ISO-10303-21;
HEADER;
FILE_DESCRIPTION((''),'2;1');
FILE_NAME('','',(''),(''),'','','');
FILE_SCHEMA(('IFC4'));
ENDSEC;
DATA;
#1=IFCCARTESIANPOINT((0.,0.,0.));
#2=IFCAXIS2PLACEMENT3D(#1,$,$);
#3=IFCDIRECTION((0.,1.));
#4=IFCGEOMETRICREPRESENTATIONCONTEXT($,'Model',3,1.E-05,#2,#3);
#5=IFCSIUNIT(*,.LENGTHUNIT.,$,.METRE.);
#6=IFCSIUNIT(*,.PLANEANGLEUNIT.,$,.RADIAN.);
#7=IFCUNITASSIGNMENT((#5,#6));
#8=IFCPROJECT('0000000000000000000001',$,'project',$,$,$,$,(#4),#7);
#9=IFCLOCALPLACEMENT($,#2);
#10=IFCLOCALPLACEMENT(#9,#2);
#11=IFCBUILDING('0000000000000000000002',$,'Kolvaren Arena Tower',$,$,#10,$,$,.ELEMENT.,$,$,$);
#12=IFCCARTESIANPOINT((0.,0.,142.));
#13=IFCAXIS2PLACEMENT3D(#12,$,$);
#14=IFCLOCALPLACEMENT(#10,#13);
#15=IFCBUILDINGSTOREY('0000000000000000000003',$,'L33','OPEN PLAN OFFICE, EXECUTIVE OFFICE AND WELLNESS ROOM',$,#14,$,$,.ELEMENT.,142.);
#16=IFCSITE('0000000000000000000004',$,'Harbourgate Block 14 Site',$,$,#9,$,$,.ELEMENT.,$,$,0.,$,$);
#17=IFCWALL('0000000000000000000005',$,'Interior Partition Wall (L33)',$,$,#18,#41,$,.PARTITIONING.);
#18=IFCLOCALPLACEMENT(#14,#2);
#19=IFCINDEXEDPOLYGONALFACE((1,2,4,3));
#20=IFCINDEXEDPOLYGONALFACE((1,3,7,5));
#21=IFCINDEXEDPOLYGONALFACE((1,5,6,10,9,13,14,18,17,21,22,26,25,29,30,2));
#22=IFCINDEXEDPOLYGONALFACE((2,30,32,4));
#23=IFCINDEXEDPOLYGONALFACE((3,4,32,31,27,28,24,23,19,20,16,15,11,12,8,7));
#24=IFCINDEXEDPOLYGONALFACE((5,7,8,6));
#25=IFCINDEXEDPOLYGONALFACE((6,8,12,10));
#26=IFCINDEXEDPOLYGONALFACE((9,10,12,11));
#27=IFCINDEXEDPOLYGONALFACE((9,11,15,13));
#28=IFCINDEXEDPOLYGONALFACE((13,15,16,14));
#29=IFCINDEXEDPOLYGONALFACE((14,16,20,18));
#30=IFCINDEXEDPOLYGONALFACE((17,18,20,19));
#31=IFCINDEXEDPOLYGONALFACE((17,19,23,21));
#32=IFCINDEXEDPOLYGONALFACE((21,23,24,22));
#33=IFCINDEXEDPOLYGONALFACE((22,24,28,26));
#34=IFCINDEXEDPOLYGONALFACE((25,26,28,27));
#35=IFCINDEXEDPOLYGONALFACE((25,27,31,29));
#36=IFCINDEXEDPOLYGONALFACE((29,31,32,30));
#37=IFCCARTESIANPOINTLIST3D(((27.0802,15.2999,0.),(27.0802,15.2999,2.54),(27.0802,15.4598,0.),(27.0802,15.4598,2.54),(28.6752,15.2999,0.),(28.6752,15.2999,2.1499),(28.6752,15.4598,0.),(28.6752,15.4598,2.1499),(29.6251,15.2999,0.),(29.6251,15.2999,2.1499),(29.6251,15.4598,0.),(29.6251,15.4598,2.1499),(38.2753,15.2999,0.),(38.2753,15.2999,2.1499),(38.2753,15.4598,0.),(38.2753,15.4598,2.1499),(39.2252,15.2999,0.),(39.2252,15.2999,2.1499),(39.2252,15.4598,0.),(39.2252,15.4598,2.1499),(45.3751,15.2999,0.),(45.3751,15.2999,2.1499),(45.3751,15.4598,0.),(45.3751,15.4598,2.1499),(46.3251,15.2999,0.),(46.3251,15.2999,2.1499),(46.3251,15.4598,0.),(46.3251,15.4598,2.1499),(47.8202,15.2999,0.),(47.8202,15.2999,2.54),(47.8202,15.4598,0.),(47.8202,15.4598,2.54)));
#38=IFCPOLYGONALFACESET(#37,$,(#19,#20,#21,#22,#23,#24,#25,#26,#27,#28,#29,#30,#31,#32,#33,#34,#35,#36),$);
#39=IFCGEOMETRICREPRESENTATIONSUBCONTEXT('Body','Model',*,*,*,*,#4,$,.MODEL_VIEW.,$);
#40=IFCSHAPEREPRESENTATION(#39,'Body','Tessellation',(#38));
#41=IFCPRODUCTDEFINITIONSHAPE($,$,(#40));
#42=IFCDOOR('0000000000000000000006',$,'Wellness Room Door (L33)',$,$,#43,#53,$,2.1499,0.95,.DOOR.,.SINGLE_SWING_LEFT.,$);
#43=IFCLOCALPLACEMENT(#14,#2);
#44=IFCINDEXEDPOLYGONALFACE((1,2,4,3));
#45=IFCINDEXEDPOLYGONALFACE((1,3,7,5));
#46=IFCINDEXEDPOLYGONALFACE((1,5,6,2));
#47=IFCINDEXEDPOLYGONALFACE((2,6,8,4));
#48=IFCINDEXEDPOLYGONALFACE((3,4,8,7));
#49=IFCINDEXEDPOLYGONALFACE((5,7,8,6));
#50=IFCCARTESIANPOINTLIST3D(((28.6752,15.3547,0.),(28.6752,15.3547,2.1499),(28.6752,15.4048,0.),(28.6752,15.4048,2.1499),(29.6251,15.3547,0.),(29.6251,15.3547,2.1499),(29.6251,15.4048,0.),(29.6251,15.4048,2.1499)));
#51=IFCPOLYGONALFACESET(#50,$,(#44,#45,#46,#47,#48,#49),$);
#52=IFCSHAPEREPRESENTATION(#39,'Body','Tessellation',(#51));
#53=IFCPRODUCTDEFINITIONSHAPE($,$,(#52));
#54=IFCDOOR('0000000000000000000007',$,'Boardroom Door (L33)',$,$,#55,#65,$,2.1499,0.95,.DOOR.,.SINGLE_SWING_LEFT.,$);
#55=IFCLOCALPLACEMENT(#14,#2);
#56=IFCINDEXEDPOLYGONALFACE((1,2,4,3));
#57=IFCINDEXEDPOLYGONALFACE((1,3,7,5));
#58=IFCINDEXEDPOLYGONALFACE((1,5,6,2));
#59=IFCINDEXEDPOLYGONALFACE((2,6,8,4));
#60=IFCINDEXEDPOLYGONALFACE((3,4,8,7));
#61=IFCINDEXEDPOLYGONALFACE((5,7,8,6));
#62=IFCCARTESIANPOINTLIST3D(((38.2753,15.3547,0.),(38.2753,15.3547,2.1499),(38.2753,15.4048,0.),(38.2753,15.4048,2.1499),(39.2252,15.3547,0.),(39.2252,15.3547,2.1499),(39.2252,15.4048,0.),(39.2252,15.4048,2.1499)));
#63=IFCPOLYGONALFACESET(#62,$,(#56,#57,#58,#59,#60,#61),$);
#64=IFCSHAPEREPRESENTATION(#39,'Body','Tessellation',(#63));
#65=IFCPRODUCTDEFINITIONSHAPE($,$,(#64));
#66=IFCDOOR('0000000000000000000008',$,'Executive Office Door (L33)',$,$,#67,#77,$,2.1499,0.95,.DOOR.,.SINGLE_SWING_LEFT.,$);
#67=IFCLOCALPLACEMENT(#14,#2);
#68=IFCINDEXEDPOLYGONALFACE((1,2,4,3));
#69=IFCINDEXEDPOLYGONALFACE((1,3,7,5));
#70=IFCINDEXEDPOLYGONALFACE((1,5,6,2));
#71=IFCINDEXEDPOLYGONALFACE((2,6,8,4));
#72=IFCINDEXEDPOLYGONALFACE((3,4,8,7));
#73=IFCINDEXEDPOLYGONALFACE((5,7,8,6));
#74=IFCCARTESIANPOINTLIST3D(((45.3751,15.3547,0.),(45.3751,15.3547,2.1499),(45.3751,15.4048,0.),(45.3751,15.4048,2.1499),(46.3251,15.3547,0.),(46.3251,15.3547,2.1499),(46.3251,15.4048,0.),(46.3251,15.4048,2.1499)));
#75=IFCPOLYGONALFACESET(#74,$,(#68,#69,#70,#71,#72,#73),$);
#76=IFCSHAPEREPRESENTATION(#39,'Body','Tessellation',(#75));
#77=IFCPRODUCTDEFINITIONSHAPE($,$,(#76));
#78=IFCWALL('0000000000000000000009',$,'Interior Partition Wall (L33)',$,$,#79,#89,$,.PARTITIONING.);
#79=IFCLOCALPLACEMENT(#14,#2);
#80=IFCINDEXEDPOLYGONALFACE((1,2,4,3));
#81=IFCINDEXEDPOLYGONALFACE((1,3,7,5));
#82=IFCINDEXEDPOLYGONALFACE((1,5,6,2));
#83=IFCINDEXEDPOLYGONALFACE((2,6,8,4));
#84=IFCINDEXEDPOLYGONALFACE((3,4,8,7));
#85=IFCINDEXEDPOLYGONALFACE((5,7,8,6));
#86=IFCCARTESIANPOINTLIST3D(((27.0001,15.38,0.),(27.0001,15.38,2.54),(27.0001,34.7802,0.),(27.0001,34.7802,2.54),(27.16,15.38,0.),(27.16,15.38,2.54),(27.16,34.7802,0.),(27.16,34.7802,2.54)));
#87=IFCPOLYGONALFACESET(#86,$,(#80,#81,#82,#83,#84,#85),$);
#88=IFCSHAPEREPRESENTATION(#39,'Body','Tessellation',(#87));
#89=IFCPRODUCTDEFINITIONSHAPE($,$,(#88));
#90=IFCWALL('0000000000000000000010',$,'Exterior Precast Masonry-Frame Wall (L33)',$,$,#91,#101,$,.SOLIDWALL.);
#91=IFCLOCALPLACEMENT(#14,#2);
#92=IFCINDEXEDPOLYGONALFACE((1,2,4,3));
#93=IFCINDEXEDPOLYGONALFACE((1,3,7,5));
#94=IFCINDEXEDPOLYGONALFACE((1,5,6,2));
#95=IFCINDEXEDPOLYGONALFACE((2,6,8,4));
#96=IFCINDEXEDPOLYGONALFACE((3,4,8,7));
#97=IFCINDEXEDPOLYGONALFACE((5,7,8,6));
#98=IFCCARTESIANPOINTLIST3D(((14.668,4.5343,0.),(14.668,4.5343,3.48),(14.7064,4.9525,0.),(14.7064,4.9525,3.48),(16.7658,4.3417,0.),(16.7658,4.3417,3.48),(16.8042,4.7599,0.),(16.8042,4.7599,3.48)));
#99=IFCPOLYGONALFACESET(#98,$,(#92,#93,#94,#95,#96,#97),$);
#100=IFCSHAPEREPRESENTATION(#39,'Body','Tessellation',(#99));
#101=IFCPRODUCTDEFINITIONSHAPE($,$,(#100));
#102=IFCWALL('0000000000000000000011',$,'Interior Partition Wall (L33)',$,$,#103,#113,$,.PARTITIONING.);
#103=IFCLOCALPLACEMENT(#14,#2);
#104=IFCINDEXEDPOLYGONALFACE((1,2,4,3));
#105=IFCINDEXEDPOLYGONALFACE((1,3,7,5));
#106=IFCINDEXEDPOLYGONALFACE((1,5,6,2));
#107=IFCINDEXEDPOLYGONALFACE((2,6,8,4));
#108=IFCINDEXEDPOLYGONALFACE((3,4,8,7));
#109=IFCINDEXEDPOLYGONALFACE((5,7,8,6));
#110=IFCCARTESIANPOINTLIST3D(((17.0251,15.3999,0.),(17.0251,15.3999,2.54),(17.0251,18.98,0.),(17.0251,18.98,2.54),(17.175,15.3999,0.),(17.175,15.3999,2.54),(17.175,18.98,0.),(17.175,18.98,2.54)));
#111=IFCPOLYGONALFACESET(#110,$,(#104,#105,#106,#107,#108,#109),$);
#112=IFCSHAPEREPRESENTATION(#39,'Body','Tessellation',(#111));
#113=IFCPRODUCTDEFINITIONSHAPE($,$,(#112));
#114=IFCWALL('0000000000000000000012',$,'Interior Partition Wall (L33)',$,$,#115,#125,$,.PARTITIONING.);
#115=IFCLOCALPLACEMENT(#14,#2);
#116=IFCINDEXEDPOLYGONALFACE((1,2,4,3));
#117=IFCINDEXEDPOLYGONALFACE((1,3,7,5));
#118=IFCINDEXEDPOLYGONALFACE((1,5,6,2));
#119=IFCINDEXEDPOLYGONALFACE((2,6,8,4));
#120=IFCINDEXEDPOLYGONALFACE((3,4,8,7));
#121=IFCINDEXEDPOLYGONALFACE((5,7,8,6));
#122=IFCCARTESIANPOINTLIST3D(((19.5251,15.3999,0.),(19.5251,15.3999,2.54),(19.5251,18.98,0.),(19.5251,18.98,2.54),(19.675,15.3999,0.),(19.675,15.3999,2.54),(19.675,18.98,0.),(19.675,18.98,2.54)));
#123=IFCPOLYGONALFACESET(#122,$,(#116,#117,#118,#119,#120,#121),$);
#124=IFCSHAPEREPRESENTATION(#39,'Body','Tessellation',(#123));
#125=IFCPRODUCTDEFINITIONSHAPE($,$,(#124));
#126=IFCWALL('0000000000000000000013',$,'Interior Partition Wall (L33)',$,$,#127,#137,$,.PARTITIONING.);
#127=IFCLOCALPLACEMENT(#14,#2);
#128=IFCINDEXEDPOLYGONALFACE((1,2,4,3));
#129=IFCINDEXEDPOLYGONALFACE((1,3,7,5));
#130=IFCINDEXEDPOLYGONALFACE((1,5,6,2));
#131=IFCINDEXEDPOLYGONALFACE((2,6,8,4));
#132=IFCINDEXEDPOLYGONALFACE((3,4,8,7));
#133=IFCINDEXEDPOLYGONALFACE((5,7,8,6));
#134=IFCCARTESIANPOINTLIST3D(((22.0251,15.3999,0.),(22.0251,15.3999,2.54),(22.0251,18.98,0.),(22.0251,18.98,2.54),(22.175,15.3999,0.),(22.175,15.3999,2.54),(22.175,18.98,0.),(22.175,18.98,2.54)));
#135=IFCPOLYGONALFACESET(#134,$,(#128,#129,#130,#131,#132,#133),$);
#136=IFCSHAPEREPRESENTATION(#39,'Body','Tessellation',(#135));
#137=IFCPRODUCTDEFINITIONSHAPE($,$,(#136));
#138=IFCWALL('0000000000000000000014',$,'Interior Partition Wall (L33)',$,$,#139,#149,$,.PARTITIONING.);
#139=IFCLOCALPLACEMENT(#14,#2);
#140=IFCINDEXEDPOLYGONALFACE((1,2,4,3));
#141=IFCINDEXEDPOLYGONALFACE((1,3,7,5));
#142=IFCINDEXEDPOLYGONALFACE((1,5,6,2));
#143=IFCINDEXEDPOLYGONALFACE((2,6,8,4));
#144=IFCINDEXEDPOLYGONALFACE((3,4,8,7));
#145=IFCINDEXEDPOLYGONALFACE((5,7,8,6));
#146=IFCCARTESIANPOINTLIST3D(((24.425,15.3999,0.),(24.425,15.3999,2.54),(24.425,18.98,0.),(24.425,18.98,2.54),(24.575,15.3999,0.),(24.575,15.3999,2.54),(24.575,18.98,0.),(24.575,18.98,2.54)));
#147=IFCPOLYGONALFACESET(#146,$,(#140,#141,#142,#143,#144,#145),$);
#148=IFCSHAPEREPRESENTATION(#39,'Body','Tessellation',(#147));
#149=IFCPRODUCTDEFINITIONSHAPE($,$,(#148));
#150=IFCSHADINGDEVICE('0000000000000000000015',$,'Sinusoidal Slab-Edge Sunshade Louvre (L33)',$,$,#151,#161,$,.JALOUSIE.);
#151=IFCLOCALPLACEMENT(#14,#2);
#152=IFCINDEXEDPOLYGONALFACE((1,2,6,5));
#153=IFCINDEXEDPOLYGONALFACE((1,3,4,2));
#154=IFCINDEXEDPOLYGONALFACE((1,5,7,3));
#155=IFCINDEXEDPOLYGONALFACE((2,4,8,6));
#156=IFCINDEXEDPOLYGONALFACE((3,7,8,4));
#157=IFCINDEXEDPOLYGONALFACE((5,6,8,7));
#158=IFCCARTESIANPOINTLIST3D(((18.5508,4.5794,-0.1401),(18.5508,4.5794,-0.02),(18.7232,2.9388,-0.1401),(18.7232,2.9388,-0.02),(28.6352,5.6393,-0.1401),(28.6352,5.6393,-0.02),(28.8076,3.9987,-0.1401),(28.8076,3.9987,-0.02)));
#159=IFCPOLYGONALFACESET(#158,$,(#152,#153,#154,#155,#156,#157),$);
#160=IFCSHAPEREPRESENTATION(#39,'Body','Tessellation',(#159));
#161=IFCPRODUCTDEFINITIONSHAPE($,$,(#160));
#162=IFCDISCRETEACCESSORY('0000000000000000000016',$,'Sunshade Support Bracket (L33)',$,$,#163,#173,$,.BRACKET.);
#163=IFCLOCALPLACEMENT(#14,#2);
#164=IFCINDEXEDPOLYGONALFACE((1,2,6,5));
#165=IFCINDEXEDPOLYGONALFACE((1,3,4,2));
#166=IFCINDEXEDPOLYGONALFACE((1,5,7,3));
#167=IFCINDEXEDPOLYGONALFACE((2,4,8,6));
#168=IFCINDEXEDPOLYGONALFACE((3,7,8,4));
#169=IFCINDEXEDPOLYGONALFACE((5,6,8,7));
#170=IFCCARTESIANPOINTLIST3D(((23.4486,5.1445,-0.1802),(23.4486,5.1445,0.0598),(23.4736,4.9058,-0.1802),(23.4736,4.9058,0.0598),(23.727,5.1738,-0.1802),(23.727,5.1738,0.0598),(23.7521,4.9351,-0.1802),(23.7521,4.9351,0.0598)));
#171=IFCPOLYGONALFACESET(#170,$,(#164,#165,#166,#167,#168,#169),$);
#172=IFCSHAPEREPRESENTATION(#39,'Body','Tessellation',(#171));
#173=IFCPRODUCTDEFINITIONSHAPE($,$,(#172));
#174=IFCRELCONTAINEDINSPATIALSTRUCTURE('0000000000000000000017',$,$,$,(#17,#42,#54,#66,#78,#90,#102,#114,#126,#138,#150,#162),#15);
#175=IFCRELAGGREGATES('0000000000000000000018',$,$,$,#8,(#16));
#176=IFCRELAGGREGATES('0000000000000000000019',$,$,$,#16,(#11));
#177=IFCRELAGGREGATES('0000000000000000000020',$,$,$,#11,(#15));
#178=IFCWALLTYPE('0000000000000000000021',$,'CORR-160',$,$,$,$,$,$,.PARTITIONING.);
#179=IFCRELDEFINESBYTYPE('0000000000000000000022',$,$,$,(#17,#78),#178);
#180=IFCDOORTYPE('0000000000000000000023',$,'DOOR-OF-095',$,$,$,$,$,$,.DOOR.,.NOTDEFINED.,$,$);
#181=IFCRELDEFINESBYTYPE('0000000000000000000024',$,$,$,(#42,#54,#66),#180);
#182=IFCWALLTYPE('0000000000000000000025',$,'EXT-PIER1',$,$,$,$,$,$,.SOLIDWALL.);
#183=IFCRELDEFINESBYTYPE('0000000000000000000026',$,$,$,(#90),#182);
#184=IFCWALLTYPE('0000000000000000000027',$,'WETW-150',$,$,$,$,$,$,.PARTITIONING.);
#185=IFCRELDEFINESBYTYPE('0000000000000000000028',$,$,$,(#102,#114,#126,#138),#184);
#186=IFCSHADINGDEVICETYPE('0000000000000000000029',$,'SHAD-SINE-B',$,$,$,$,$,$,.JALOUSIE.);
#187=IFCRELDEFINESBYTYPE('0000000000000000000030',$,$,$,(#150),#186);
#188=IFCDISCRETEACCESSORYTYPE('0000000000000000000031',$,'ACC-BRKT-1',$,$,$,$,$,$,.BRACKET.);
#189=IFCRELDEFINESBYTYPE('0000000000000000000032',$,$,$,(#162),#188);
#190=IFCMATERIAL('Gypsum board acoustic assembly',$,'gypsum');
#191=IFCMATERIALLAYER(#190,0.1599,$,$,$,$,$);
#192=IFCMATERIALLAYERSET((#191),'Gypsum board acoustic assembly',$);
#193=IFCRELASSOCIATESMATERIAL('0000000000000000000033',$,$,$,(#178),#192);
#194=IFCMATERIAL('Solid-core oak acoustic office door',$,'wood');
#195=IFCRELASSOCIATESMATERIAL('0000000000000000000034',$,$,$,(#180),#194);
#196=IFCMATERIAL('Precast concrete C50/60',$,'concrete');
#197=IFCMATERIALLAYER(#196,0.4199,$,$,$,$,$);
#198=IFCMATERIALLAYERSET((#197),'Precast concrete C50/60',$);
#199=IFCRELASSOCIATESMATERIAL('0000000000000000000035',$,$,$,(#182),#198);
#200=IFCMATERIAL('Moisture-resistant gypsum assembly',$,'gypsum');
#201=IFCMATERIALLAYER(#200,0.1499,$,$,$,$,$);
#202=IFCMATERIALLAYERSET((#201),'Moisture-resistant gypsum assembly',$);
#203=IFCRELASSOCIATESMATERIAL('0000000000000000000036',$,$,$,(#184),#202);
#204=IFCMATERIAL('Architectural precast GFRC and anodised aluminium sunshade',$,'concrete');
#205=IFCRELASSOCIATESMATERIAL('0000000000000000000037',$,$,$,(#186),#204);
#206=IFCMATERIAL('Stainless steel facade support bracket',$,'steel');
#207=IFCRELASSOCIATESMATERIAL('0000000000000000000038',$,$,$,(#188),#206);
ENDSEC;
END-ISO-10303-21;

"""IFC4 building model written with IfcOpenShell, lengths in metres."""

from ifc_helpers import new_model, si_unit, direction, frame, frame_2d, origin, origin_2d, place, context, subcontext, project, spatial, rectangle, extrude, material, layer, layer_set, type_object, element, fill, save


model = new_model("IFC4")

# Units and contexts
model_context = context("Model", 3, precision=1e-05, world=origin(), true_north=direction((0.0, 1.0)))
body_context = subcontext(model_context, "Body", "Model", "MODEL_VIEW")
ifc_project = project(units=[si_unit("LENGTHUNIT", "METRE"), si_unit("PLANEANGLEUNIT", "RADIAN")], contexts=[model_context])

# Site, building, storey
site_placement = place(None, origin())
site = spatial("IfcSite", under=ifc_project, at=site_placement, Name="Harbourgate Block 14 Site", CompositionType="ELEMENT", RefElevation=0.0)
building_placement = place(site_placement, origin())
building = spatial("IfcBuilding", under=site, at=building_placement, Name="Kolvaren Arena Tower", CompositionType="ELEMENT")
storey_placement = place(building_placement, frame((0.0, 0.0, 142.0)))
storey = spatial("IfcBuildingStorey", under=building, at=storey_placement, Name="L33", Description="OPEN PLAN OFFICE, EXECUTIVE OFFICE AND WELLNESS ROOM", CompositionType="ELEMENT", Elevation=142.0)

# Wall, openings, doors
ifc_material_1 = material(Name="Gypsum board acoustic assembly", Category="gypsum")
ifc_layer_1 = layer(ifc_material_1, 0.1599)
ifc_layer_set_1 = layer_set([ifc_layer_1], Name="Gypsum board acoustic assembly")
wall_type_1 = type_object("IfcWallType", Name="CORR-160", PredefinedType="PARTITIONING", material=ifc_layer_set_1)
wall_1_placement = place(storey_placement, frame((27.0801, 15.3799, 0.0), z_axis=(0.0, 0.0, 1.0), x_axis=(1.0, 0.0, 0.0)))
wall_1 = element("IfcWall", 1, at=wall_1_placement, inside=storey, type_object=wall_type_1, Name="Interior Partition Wall (L33)", PredefinedType="PARTITIONING", context=body_context, shape_type="SweptSolid", body=[
    extrude(rectangle(XDim=20.74, YDim=0.1599, at=frame_2d((10.3701, 0.0))), origin(), (0.0, 0.0, 1.0), 2.54),
])
opening_1_placement = place(wall_1_placement, frame((1.595, 0.0, 0.0)))
opening_1 = element("IfcOpeningElement", 2, at=opening_1_placement, cuts=wall_1, PredefinedType="OPENING", context=body_context, shape_type="SweptSolid", body=[
    extrude(rectangle(XDim=0.95, YDim=2.1499, at=frame_2d((0.4751, 1.075))), frame((0.0, 0.0898, 0.0), z_axis=(0.0, -1.0, 0.0), x_axis=(1.0, 0.0, 0.0)), (0.0, 0.0, 1.0), 0.1799),
])
opening_2_placement = place(wall_1_placement, frame((11.1951, 0.0, 0.0)))
opening_2 = element("IfcOpeningElement", 3, at=opening_2_placement, cuts=wall_1, PredefinedType="OPENING", context=body_context, shape_type="SweptSolid", body=[
    extrude(rectangle(XDim=0.95, YDim=2.1499, at=frame_2d((0.4751, 1.075))), frame((0.0, 0.0898, 0.0), z_axis=(0.0, -1.0, 0.0), x_axis=(1.0, 0.0, 0.0)), (0.0, 0.0, 1.0), 0.1799),
])
opening_3_placement = place(wall_1_placement, frame((18.2949, 0.0, 0.0)))
opening_3 = element("IfcOpeningElement", 4, at=opening_3_placement, cuts=wall_1, PredefinedType="OPENING", context=body_context, shape_type="SweptSolid", body=[
    extrude(rectangle(XDim=0.95, YDim=2.1499, at=frame_2d((0.4751, 1.075))), frame((0.0, 0.0898, 0.0), z_axis=(0.0, -1.0, 0.0), x_axis=(1.0, 0.0, 0.0)), (0.0, 0.0, 1.0), 0.1799),
])
ifc_material_2 = material(Name="Solid-core oak acoustic office door", Category="wood")
door_type = type_object("IfcDoorType", Name="DOOR-OF-095", OperationType="NOTDEFINED", PredefinedType="DOOR", material=ifc_material_2)
door_1_placement = place(opening_1_placement, origin())
door_1 = element("IfcDoor", 5, at=door_1_placement, inside=storey, type_object=door_type, Name="Wellness Room Door (L33)", OperationType="SINGLE_SWING_LEFT", OverallHeight=2.1499, OverallWidth=0.95, PredefinedType="DOOR", context=body_context, shape_type="SweptSolid", body=[
    extrude(rectangle(XDim=0.95, YDim=2.1499, at=frame_2d((0.4751, 1.075))), frame((0.0, 0.0249, 0.0), z_axis=(0.0, -1.0, 0.0), x_axis=(1.0, 0.0, 0.0)), (0.0, 0.0, 1.0), 0.05),
])
fill(opening_1, door_1)
door_2_placement = place(opening_2_placement, origin())
door_2 = element("IfcDoor", 6, at=door_2_placement, inside=storey, type_object=door_type, Name="Boardroom Door (L33)", OperationType="SINGLE_SWING_LEFT", OverallHeight=2.1499, OverallWidth=0.95, PredefinedType="DOOR", context=body_context, shape_type="SweptSolid", body=[
    extrude(rectangle(XDim=0.95, YDim=2.1499, at=frame_2d((0.4751, 1.075))), frame((0.0, 0.0249, 0.0), z_axis=(0.0, -1.0, 0.0), x_axis=(1.0, 0.0, 0.0)), (0.0, 0.0, 1.0), 0.05),
])
fill(opening_2, door_2)
door_3_placement = place(opening_3_placement, origin())
door_3 = element("IfcDoor", 7, at=door_3_placement, inside=storey, type_object=door_type, Name="Executive Office Door (L33)", OperationType="SINGLE_SWING_LEFT", OverallHeight=2.1499, OverallWidth=0.95, PredefinedType="DOOR", context=body_context, shape_type="SweptSolid", body=[
    extrude(rectangle(XDim=0.95, YDim=2.1499, at=frame_2d((0.4751, 1.075))), frame((0.0, 0.0249, 0.0), z_axis=(0.0, -1.0, 0.0), x_axis=(1.0, 0.0, 0.0)), (0.0, 0.0, 1.0), 0.05),
])
fill(opening_3, door_3)

# Walls
wall_2_placement = place(storey_placement, frame((27.0801, 15.3799, 0.0), z_axis=(0.0, 0.0, 1.0), x_axis=(0.0, 1.0, 0.0)))
element("IfcWall", 8, at=wall_2_placement, inside=storey, type_object=wall_type_1, Name="Interior Partition Wall (L33)", PredefinedType="PARTITIONING", context=body_context, shape_type="SweptSolid", body=[
    extrude(rectangle(XDim=19.4001, YDim=0.1599, at=frame_2d((9.7002, 0.0))), origin(), (0.0, 0.0, 1.0), 2.54),
])
ifc_material_3 = material(Name="Precast concrete C50/60", Category="concrete")
ifc_layer_2 = layer(ifc_material_3, 0.4199)
ifc_layer_set_2 = layer_set([ifc_layer_2], Name="Precast concrete C50/60")
wall_type_2 = type_object("IfcWallType", Name="EXT-PIER1", PredefinedType="SOLIDWALL", material=ifc_layer_set_2)
wall_3_placement = place(storey_placement, frame((16.7849, 4.5508, 0.0), z_axis=(0.0, 0.0, 1.0), x_axis=(-0.995811, 0.091434, 0.0)))
element("IfcWall", 9, at=wall_3_placement, inside=storey, type_object=wall_type_2, Name="Exterior Precast Masonry-Frame Wall (L33)", PredefinedType="SOLIDWALL", context=body_context, shape_type="SweptSolid", body=[
    extrude(rectangle(XDim=2.1067, YDim=0.4199, at=frame_2d((1.0532, 0.0))), origin(), (0.0, 0.0, 1.0), 3.48),
])
ifc_material_4 = material(Name="Moisture-resistant gypsum assembly", Category="gypsum")
ifc_layer_3 = layer(ifc_material_4, 0.1499)
ifc_layer_set_3 = layer_set([ifc_layer_3], Name="Moisture-resistant gypsum assembly")
wall_type_3 = type_object("IfcWallType", Name="WETW-150", PredefinedType="PARTITIONING", material=ifc_layer_set_3)
for number, where, z_axis, x_axis, name in (
    (10, (17.1001, 15.3999, 0.0), (0.0, 0.0, 1.0), (0.0, 1.0, 0.0), "Interior Partition Wall (L33)"),
    (11, (19.6001, 15.3999, 0.0), (0.0, 0.0, 1.0), (0.0, 1.0, 0.0), "Interior Partition Wall (L33)"),
    (12, (22.1001, 15.3999, 0.0), (0.0, 0.0, 1.0), (0.0, 1.0, 0.0), "Interior Partition Wall (L33)"),
    (13, (24.5, 15.3999, 0.0), (0.0, 0.0, 1.0), (0.0, 1.0, 0.0), "Interior Partition Wall (L33)"),
):
    element("IfcWall", number, at=place(storey_placement, frame(where, z_axis=z_axis, x_axis=x_axis)), inside=storey, type_object=wall_type_3, Name=name, PredefinedType="PARTITIONING", context=body_context, shape_type="SweptSolid", body=[
        extrude(rectangle(XDim=3.5801, YDim=0.1499, at=frame_2d((1.79, 0.0))), origin(), (0.0, 0.0, 1.0), 2.54),
    ])

# Shading device
ifc_material_5 = material(Name="Architectural precast GFRC and anodised aluminium sunshade", Category="concrete")
shading_device_type = type_object("IfcShadingDeviceType", Name="SHAD-SINE-B", PredefinedType="JALOUSIE", material=ifc_material_5)
shading_device_placement = place(storey_placement, frame((23.6792, 4.2891, -0.1401), z_axis=(0.0, 0.0, 1.0), x_axis=(-0.994522, -0.104527, 0.0)))
element("IfcShadingDevice", 14, at=shading_device_placement, inside=storey, type_object=shading_device_type, Name="Sinusoidal Slab-Edge Sunshade Louvre (L33)", PredefinedType="JALOUSIE", context=body_context, shape_type="SweptSolid", body=[
    extrude(rectangle(XDim=10.1399, YDim=1.6497, at=origin_2d()), origin(), (0.0, 0.0, 1.0), 0.1201),
])

# Discrete accessory
ifc_material_6 = material(Name="Stainless steel facade support bracket", Category="steel")
discrete_accessory_type = type_object("IfcDiscreteAccessoryType", Name="ACC-BRKT-1", PredefinedType="BRACKET", material=ifc_material_6)
discrete_accessory_placement = place(storey_placement, frame((23.6003, 5.0398, -0.1802), z_axis=(0.0, 0.0, 1.0), x_axis=(-0.994522, -0.104527, 0.0)))
element("IfcDiscreteAccessory", 15, at=discrete_accessory_placement, inside=storey, type_object=discrete_accessory_type, Name="Sunshade Support Bracket (L33)", PredefinedType="BRACKET", context=body_context, shape_type="SweptSolid", body=[
    extrude(rectangle(XDim=0.28, YDim=0.24, at=origin_2d()), origin(), (0.0, 0.0, 1.0), 0.24),
])

save(model, "model.ifc")
